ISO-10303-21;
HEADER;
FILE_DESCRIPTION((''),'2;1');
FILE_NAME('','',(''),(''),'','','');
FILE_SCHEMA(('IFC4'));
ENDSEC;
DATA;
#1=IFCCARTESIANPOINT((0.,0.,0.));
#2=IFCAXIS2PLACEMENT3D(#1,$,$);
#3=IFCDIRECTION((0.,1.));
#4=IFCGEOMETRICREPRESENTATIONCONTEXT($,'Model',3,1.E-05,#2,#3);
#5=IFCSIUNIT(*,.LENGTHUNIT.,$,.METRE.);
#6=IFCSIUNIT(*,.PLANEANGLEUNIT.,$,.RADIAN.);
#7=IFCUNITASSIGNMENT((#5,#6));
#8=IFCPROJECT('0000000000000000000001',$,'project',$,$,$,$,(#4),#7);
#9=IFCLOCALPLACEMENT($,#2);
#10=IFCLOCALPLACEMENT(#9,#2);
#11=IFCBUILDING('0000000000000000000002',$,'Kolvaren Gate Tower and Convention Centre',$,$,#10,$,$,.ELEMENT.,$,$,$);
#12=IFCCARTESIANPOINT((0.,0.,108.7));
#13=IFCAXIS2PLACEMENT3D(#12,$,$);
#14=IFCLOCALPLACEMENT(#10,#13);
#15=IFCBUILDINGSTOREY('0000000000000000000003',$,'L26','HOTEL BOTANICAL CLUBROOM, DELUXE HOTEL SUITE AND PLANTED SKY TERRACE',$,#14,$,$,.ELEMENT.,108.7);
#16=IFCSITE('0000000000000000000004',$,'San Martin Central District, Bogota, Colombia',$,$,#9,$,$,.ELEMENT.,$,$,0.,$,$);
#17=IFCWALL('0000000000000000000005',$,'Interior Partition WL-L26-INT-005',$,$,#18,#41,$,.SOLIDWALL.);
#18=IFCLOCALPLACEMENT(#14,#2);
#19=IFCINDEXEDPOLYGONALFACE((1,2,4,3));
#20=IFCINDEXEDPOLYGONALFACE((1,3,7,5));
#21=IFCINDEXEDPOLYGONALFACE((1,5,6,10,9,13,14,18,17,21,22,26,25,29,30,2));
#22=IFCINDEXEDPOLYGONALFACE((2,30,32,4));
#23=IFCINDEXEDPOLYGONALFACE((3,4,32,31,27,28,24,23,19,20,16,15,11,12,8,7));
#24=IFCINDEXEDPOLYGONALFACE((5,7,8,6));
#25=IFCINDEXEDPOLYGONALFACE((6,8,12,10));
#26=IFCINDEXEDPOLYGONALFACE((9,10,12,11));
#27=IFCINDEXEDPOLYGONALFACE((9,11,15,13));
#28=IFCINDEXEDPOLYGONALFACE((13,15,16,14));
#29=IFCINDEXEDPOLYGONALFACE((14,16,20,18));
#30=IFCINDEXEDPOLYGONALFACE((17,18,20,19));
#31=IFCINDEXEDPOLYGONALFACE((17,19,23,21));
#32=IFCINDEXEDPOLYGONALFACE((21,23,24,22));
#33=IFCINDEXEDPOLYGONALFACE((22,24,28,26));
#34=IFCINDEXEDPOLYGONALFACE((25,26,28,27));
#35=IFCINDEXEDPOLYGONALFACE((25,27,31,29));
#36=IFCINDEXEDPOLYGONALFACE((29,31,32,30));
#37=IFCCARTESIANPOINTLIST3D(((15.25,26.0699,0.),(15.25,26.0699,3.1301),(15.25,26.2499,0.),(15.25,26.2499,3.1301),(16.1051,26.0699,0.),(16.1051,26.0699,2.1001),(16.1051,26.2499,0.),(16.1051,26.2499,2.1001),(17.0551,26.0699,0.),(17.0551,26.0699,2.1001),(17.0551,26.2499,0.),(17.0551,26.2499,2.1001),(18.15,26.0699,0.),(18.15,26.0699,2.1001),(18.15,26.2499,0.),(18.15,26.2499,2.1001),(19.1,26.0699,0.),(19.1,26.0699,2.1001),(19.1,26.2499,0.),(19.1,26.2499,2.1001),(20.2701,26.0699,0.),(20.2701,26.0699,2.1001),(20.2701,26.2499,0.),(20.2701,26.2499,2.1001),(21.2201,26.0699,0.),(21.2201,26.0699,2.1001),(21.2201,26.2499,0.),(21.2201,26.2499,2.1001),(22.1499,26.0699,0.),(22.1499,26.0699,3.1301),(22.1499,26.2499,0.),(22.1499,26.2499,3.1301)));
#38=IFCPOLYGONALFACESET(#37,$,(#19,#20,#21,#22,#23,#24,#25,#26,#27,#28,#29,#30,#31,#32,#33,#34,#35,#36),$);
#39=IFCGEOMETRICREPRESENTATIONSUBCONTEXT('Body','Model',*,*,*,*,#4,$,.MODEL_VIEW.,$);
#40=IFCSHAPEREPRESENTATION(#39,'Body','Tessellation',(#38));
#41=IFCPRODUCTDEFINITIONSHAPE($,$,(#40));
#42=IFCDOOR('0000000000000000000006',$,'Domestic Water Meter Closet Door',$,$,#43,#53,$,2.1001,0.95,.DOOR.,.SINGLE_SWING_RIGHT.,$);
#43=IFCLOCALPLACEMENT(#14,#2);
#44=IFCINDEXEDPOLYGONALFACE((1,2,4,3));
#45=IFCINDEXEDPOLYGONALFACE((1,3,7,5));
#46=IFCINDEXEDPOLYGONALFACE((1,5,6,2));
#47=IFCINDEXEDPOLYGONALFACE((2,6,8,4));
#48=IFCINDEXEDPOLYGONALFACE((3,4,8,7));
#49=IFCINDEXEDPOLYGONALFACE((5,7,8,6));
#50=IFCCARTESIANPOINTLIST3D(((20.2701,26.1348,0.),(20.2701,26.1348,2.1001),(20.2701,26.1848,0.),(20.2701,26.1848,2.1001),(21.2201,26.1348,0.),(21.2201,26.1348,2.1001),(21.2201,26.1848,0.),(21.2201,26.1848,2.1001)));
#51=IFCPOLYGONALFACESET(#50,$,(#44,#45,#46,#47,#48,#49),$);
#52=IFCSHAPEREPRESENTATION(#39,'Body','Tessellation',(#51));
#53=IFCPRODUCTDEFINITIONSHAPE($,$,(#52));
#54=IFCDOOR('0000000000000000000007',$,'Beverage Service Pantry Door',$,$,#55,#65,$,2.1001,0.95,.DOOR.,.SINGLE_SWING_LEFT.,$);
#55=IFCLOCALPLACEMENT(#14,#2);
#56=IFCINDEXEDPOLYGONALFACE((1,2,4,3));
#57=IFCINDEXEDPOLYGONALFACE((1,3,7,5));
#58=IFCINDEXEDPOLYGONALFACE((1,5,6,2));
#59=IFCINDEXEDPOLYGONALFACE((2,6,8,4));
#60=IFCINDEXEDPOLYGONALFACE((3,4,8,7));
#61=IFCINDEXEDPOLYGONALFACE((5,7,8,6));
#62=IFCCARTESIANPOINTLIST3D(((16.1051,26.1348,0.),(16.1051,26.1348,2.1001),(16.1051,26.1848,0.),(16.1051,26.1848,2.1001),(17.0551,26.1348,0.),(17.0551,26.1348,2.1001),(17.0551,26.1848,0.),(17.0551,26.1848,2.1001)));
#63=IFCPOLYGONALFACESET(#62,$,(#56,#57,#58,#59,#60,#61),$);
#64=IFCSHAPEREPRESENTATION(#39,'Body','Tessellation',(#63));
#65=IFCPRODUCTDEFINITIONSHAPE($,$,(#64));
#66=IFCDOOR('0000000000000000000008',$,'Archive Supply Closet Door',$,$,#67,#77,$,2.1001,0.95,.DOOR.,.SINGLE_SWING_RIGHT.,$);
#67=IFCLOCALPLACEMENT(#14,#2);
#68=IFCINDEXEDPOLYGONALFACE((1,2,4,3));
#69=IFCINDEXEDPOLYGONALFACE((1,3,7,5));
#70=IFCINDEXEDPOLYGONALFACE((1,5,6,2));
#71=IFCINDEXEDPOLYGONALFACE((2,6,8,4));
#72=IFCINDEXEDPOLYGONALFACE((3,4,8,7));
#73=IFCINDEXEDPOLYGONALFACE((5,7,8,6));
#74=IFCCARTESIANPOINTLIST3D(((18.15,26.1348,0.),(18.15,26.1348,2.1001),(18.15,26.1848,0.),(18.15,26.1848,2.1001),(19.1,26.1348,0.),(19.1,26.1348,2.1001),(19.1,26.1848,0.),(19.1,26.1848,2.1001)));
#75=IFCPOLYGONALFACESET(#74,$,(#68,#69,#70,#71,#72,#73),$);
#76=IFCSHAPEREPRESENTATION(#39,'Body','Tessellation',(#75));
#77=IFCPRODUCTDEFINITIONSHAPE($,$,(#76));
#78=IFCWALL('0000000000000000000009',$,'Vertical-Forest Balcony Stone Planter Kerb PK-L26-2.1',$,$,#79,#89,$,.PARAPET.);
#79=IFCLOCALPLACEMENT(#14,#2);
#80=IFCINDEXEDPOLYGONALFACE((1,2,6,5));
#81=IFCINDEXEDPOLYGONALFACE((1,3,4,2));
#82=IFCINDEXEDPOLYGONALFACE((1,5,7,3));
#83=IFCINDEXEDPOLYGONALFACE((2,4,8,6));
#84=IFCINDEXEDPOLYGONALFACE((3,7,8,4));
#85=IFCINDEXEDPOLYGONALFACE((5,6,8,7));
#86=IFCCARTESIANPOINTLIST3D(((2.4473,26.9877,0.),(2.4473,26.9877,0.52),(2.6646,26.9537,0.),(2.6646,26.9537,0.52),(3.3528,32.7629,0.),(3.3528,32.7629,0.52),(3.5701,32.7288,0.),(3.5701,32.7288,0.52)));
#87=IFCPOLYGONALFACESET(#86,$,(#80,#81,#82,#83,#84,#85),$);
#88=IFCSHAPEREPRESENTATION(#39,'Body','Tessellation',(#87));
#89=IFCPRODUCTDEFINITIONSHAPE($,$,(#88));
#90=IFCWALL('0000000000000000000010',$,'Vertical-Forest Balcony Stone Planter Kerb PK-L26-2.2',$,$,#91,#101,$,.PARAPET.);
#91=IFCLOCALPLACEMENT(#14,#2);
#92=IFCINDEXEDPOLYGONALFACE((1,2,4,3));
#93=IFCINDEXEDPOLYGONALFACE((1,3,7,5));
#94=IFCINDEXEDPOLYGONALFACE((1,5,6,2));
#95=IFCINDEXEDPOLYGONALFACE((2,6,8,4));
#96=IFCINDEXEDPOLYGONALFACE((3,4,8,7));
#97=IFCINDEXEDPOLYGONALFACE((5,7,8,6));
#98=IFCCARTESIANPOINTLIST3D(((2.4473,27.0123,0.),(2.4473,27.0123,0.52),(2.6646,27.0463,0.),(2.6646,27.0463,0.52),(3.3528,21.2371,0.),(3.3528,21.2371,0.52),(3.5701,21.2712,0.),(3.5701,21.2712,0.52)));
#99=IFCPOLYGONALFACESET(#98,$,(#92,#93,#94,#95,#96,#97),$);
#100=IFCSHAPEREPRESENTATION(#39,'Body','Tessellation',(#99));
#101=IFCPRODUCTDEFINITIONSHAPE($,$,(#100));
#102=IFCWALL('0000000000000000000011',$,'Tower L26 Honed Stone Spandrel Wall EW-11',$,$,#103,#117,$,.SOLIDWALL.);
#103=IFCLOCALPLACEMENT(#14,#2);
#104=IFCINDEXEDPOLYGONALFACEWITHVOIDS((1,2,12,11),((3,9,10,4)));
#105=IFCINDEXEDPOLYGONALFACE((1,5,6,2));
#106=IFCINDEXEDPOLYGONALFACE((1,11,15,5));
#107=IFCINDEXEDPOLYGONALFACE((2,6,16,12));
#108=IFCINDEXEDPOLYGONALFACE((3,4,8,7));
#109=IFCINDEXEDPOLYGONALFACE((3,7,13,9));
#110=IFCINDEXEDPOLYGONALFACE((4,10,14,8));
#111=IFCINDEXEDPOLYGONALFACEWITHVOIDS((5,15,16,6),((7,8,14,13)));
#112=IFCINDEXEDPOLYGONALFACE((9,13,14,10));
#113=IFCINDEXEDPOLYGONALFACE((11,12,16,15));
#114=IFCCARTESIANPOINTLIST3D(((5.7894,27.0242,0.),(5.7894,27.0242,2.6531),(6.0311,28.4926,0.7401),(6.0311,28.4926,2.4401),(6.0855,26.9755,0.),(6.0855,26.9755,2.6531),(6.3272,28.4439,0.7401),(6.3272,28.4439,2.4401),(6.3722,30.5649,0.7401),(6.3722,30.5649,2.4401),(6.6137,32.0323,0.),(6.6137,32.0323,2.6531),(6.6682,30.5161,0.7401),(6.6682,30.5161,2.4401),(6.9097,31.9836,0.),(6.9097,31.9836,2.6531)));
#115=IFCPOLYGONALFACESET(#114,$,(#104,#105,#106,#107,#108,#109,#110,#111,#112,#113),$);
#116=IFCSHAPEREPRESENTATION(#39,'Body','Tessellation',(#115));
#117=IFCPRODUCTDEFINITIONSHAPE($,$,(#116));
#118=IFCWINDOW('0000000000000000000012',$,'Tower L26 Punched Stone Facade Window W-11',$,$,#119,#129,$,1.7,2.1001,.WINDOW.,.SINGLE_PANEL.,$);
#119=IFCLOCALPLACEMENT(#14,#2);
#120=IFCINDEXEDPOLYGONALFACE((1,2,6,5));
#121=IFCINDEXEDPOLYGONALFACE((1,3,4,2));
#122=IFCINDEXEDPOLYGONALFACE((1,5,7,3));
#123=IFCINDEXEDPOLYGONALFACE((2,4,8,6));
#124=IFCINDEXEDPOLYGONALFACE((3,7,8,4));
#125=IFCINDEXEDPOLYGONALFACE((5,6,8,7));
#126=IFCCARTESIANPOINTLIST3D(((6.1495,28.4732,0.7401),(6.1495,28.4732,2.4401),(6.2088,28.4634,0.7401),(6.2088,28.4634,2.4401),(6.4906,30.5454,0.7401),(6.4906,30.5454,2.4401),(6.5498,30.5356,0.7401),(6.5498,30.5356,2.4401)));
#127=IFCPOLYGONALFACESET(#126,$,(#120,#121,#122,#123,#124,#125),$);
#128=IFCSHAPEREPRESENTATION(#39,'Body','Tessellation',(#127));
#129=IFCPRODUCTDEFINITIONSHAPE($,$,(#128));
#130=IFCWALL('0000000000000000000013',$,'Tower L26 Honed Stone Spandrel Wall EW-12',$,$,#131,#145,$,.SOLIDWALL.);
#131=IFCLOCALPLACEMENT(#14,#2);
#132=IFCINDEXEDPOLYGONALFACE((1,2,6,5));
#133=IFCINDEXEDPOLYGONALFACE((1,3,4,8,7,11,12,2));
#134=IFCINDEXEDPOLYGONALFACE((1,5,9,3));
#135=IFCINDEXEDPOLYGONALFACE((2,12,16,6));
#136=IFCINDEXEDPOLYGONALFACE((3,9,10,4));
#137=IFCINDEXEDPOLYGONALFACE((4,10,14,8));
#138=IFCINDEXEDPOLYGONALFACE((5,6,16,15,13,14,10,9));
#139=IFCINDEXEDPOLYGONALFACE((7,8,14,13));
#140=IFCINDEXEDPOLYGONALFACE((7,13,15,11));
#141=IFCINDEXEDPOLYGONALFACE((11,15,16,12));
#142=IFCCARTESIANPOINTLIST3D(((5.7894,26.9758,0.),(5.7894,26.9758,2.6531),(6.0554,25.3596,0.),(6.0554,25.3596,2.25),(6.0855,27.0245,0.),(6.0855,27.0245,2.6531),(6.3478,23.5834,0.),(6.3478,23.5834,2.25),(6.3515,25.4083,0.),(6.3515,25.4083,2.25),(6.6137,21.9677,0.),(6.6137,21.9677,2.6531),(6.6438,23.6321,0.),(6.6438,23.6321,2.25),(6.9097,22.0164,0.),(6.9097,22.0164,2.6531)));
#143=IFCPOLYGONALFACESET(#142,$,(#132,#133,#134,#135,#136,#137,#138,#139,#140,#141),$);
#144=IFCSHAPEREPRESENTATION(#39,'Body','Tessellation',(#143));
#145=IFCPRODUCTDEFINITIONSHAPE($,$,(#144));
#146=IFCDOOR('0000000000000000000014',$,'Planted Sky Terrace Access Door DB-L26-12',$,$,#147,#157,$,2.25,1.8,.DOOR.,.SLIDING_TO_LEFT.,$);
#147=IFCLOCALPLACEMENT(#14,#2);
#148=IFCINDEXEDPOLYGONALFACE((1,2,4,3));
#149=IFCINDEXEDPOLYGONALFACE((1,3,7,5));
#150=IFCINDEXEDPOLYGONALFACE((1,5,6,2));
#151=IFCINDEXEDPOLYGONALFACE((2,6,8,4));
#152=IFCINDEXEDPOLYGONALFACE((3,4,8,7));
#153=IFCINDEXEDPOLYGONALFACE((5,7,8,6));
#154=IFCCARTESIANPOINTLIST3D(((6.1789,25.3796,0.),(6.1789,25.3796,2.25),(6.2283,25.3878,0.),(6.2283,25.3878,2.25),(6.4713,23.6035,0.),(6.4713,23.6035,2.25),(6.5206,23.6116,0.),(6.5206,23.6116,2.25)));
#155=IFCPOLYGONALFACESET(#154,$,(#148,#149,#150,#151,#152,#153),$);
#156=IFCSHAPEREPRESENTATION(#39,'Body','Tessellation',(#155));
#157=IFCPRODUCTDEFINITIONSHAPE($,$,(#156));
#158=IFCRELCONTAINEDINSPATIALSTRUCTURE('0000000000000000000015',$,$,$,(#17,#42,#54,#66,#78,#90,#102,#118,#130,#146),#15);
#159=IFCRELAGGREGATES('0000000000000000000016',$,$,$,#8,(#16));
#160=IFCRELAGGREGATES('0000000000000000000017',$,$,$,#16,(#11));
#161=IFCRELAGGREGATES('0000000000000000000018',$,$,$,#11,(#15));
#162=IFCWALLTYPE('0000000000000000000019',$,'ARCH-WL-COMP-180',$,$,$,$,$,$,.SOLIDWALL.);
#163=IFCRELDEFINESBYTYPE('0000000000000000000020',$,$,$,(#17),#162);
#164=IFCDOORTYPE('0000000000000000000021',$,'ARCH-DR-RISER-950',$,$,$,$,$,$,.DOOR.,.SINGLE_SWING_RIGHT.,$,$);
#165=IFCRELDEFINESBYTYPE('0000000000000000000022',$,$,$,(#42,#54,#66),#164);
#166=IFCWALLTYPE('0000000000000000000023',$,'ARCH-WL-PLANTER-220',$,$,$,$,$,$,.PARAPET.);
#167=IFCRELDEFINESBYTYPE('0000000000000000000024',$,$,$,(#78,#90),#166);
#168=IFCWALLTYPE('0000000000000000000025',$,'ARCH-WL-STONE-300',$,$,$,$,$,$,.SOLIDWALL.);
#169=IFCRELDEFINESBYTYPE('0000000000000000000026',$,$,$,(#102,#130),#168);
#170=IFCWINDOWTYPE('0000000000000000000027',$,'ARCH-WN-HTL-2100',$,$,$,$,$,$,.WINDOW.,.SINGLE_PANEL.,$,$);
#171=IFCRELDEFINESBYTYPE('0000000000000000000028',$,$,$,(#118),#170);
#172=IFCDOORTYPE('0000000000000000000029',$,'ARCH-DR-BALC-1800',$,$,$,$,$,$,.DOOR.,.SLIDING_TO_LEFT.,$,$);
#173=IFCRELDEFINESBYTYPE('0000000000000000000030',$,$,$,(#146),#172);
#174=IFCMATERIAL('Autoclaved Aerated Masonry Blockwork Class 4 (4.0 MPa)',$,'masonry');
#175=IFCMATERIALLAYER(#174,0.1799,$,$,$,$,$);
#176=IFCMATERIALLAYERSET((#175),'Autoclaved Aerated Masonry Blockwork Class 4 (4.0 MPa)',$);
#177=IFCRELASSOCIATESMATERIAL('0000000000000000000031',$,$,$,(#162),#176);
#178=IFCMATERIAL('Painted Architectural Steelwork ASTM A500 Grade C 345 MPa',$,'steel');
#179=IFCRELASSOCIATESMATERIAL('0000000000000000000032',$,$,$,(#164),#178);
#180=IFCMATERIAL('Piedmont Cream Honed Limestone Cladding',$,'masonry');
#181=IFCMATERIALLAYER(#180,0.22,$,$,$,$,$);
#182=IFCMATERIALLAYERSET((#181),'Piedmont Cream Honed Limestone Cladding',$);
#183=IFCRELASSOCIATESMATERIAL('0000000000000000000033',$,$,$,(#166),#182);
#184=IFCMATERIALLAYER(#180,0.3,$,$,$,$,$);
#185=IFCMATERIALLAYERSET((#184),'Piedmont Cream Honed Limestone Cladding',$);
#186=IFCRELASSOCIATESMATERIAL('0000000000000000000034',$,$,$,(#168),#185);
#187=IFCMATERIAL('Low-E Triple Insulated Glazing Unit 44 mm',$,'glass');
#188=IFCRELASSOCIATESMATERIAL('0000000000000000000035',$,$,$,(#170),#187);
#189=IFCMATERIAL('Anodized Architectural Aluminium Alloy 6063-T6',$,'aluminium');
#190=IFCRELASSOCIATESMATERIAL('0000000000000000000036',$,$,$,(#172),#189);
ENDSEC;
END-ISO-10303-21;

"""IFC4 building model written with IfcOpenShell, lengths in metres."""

from ifc_helpers import new_model, si_unit, direction, frame, frame_2d, origin, place, context, subcontext, project, spatial, rectangle, extrude, material, layer, layer_set, type_object, element, fill, save


model = new_model("IFC4")

# Units and contexts
model_context = context("Model", 3, precision=1e-05, world=origin(), true_north=direction((0.0, 1.0)))
body_context = subcontext(model_context, "Body", "Model", "MODEL_VIEW")
ifc_project = project(units=[si_unit("LENGTHUNIT", "METRE"), si_unit("PLANEANGLEUNIT", "RADIAN")], contexts=[model_context])

# Site, building, storey
site_placement = place(None, origin())
site = spatial("IfcSite", under=ifc_project, at=site_placement, Name="San Martin Central District, Bogota, Colombia", CompositionType="ELEMENT", RefElevation=0.0)
building_placement = place(site_placement, origin())
building = spatial("IfcBuilding", under=site, at=building_placement, Name="Kolvaren Gate Tower and Convention Centre", CompositionType="ELEMENT")
storey_placement = place(building_placement, frame((0.0, 0.0, 108.7)))
storey = spatial("IfcBuildingStorey", under=building, at=storey_placement, Name="L26", Description="HOTEL BOTANICAL CLUBROOM, DELUXE HOTEL SUITE AND PLANTED SKY TERRACE", CompositionType="ELEMENT", Elevation=108.7)

# Wall, openings, doors
ifc_material_1 = material(Name="Autoclaved Aerated Masonry Blockwork Class 4 (4.0 MPa)", Category="masonry")
ifc_layer_1 = layer(ifc_material_1, 0.1799)
ifc_layer_set_1 = layer_set([ifc_layer_1], Name="Autoclaved Aerated Masonry Blockwork Class 4 (4.0 MPa)")
wall_type_1 = type_object("IfcWallType", Name="ARCH-WL-COMP-180", PredefinedType="SOLIDWALL", material=ifc_layer_set_1)
wall_1_placement = place(storey_placement, frame((15.25, 26.1599, 0.0), z_axis=(0.0, 0.0, 1.0), x_axis=(1.0, 0.0, 0.0)))
wall_1 = element("IfcWall", 1, at=wall_1_placement, inside=storey, type_object=wall_type_1, Name="Interior Partition WL-L26-INT-005", PredefinedType="SOLIDWALL", context=body_context, shape_type="SweptSolid", body=[
    extrude(rectangle(XDim=6.8999, YDim=0.1799, at=frame_2d((3.45, 0.0))), origin(), (0.0, 0.0, 1.0), 3.1301),
])
opening_1_placement = place(wall_1_placement, frame((5.02, 0.0, 0.0)))
opening_1 = element("IfcOpeningElement", 2, at=opening_1_placement, cuts=wall_1, PredefinedType="OPENING", context=body_context, shape_type="SweptSolid", body=[
    extrude(rectangle(XDim=0.95, YDim=2.1001, at=frame_2d((0.4751, 1.05))), frame((0.0, 0.0999, 0.0), z_axis=(0.0, -1.0, 0.0), x_axis=(1.0, 0.0, 0.0)), (0.0, 0.0, 1.0), 0.2),
])
opening_2_placement = place(wall_1_placement, frame((0.855, 0.0, 0.0)))
opening_2 = element("IfcOpeningElement", 3, at=opening_2_placement, cuts=wall_1, PredefinedType="OPENING", context=body_context, shape_type="SweptSolid", body=[
    extrude(rectangle(XDim=0.95, YDim=2.1001, at=frame_2d((0.4751, 1.05))), frame((0.0, 0.0999, 0.0), z_axis=(0.0, -1.0, 0.0), x_axis=(1.0, 0.0, 0.0)), (0.0, 0.0, 1.0), 0.2),
])
opening_3_placement = place(wall_1_placement, frame((2.8999, 0.0, 0.0)))
opening_3 = element("IfcOpeningElement", 4, at=opening_3_placement, cuts=wall_1, PredefinedType="OPENING", context=body_context, shape_type="SweptSolid", body=[
    extrude(rectangle(XDim=0.95, YDim=2.1001, at=frame_2d((0.4751, 1.05))), frame((0.0, 0.0999, 0.0), z_axis=(0.0, -1.0, 0.0), x_axis=(1.0, 0.0, 0.0)), (0.0, 0.0, 1.0), 0.2),
])
ifc_material_2 = material(Name="Painted Architectural Steelwork ASTM A500 Grade C 345 MPa", Category="steel")
door_type_1 = type_object("IfcDoorType", Name="ARCH-DR-RISER-950", OperationType="SINGLE_SWING_RIGHT", PredefinedType="DOOR", material=ifc_material_2)
door_1_placement = place(opening_1_placement, origin())
door_1 = element("IfcDoor", 5, at=door_1_placement, inside=storey, type_object=door_type_1, Name="Domestic Water Meter Closet Door", OperationType="SINGLE_SWING_RIGHT", OverallHeight=2.1001, OverallWidth=0.95, PredefinedType="DOOR", context=body_context, shape_type="SweptSolid", body=[
    extrude(rectangle(XDim=0.95, YDim=2.1001, at=frame_2d((0.4751, 1.05))), frame((0.0, 0.0249, 0.0), z_axis=(0.0, -1.0, 0.0), x_axis=(1.0, 0.0, 0.0)), (0.0, 0.0, 1.0), 0.05),
])
fill(opening_1, door_1)
door_2_placement = place(opening_2_placement, origin())
door_2 = element("IfcDoor", 6, at=door_2_placement, inside=storey, type_object=door_type_1, Name="Beverage Service Pantry Door", OperationType="SINGLE_SWING_LEFT", OverallHeight=2.1001, OverallWidth=0.95, PredefinedType="DOOR", context=body_context, shape_type="SweptSolid", body=[
    extrude(rectangle(XDim=0.95, YDim=2.1001, at=frame_2d((0.4751, 1.05))), frame((0.0, 0.0249, 0.0), z_axis=(0.0, -1.0, 0.0), x_axis=(1.0, 0.0, 0.0)), (0.0, 0.0, 1.0), 0.05),
])
fill(opening_2, door_2)
door_3_placement = place(opening_3_placement, origin())
door_3 = element("IfcDoor", 7, at=door_3_placement, inside=storey, type_object=door_type_1, Name="Archive Supply Closet Door", OperationType="SINGLE_SWING_RIGHT", OverallHeight=2.1001, OverallWidth=0.95, PredefinedType="DOOR", context=body_context, shape_type="SweptSolid", body=[
    extrude(rectangle(XDim=0.95, YDim=2.1001, at=frame_2d((0.4751, 1.05))), frame((0.0, 0.0249, 0.0), z_axis=(0.0, -1.0, 0.0), x_axis=(1.0, 0.0, 0.0)), (0.0, 0.0, 1.0), 0.05),
])
fill(opening_3, door_3)

# Walls
ifc_material_3 = material(Name="Piedmont Cream Honed Limestone Cladding", Category="masonry")
ifc_layer_2 = layer(ifc_material_3, 0.22)
ifc_layer_set_2 = layer_set([ifc_layer_2], Name="Piedmont Cream Honed Limestone Cladding")
wall_type_2 = type_object("IfcWallType", Name="ARCH-WL-PLANTER-220", PredefinedType="PARAPET", material=ifc_layer_set_2)
for number, where, z_axis, x_axis, name in (
    (8, (2.5559, 26.9707, 0.0), (0.0, 0.0, 1.0), (0.154903, 0.98793, 0.0), "Vertical-Forest Balcony Stone Planter Kerb PK-L26-2.1"),
    (9, (2.5559, 27.0293, 0.0), (0.0, 0.0, 1.0), (0.154903, -0.98793, 0.0), "Vertical-Forest Balcony Stone Planter Kerb PK-L26-2.2"),
):
    element("IfcWall", number, at=place(storey_placement, frame(where, z_axis=z_axis, x_axis=x_axis)), inside=storey, type_object=wall_type_2, Name=name, PredefinedType="PARAPET", context=body_context, shape_type="SweptSolid", body=[
        extrude(rectangle(XDim=5.8457, YDim=0.22, at=frame_2d((2.9229, 0.0))), origin(), (0.0, 0.0, 1.0), 0.52),
    ])

# Wall, opening, window
ifc_layer_3 = layer(ifc_material_3, 0.3)
ifc_layer_set_3 = layer_set([ifc_layer_3], Name="Piedmont Cream Honed Limestone Cladding")
wall_type_3 = type_object("IfcWallType", Name="ARCH-WL-STONE-300", PredefinedType="SOLIDWALL", material=ifc_layer_set_3)
wall_2_placement = place(storey_placement, frame((5.9375, 27.0, 0.0), z_axis=(0.0, 0.0, 1.0), x_axis=(0.162394, 0.986726, 0.0)))
wall_2 = element("IfcWall", 10, at=wall_2_placement, inside=storey, type_object=wall_type_3, Name="Tower L26 Honed Stone Spandrel Wall EW-11", PredefinedType="SOLIDWALL", context=body_context, shape_type="SweptSolid", body=[
    extrude(rectangle(XDim=5.0754, YDim=0.3, at=frame_2d((2.5376, 0.0))), origin(), (0.0, 0.0, 1.0), 2.6531),
])
opening_4_placement = place(wall_2_placement, frame((1.488, 0.0, 0.74)))
opening_4 = element("IfcOpeningElement", 11, at=opening_4_placement, cuts=wall_2, PredefinedType="OPENING", context=body_context, shape_type="SweptSolid", body=[
    extrude(rectangle(XDim=2.1001, YDim=1.7, at=frame_2d((1.05, 0.8501))), frame((0.0, 0.1599, 0.0), z_axis=(0.0, -1.0, 0.0), x_axis=(1.0, 0.0, 0.0)), (0.0, 0.0, 1.0), 0.3201),
])
ifc_material_4 = material(Name="Low-E Triple Insulated Glazing Unit 44 mm", Category="glass")
window_type = type_object("IfcWindowType", Name="ARCH-WN-HTL-2100", PartitioningType="SINGLE_PANEL", PredefinedType="WINDOW", material=ifc_material_4)
window_placement = place(opening_4_placement, origin())
window = element("IfcWindow", 12, at=window_placement, inside=storey, type_object=window_type, Name="Tower L26 Punched Stone Facade Window W-11", OverallHeight=1.7, OverallWidth=2.1001, PartitioningType="SINGLE_PANEL", PredefinedType="WINDOW", context=body_context, shape_type="SweptSolid", body=[
    extrude(rectangle(XDim=2.1001, YDim=1.7, at=frame_2d((1.05, 0.8501))), frame((0.0, 0.03, 0.0), z_axis=(0.0, -1.0, 0.0), x_axis=(1.0, 0.0, 0.0)), (0.0, 0.0, 1.0), 0.0601),
])
fill(opening_4, window)

# Wall, opening, door
wall_3_placement = place(storey_placement, frame((5.9375, 27.0, 0.0), z_axis=(0.0, 0.0, 1.0), x_axis=(0.162394, -0.986726, 0.0)))
wall_3 = element("IfcWall", 13, at=wall_3_placement, inside=storey, type_object=wall_type_3, Name="Tower L26 Honed Stone Spandrel Wall EW-12", PredefinedType="SOLIDWALL", context=body_context, shape_type="SweptSolid", body=[
    extrude(rectangle(XDim=5.0754, YDim=0.3, at=frame_2d((2.5376, 0.0))), origin(), (0.0, 0.0, 1.0), 2.6531),
])
opening_5_placement = place(wall_3_placement, frame((1.6379, 0.0, 0.0)))
opening_5 = element("IfcOpeningElement", 14, at=opening_5_placement, cuts=wall_3, PredefinedType="OPENING", context=body_context, shape_type="SweptSolid", body=[
    extrude(rectangle(XDim=1.8, YDim=2.25, at=frame_2d((0.8999, 1.125))), frame((0.0, 0.1599, 0.0), z_axis=(0.0, -1.0, 0.0), x_axis=(1.0, 0.0, 0.0)), (0.0, 0.0, 1.0), 0.3201),
])
ifc_material_5 = material(Name="Anodized Architectural Aluminium Alloy 6063-T6", Category="aluminium")
door_type_2 = type_object("IfcDoorType", Name="ARCH-DR-BALC-1800", OperationType="SLIDING_TO_LEFT", PredefinedType="DOOR", material=ifc_material_5)
door_4_placement = place(opening_5_placement, frame((1.8, 0.0, 0.0), z_axis=(0.0, 0.0, 1.0), x_axis=(-1.0, 0.0, 0.0)))
door_4 = element("IfcDoor", 15, at=door_4_placement, inside=storey, type_object=door_type_2, Name="Planted Sky Terrace Access Door DB-L26-12", OperationType="SLIDING_TO_LEFT", OverallHeight=2.25, OverallWidth=1.8, PredefinedType="DOOR", context=body_context, shape_type="SweptSolid", body=[
    extrude(rectangle(XDim=1.8, YDim=2.25, at=frame_2d((0.8999, 1.125))), frame((0.0, 0.0249, 0.0), z_axis=(0.0, -1.0, 0.0), x_axis=(1.0, 0.0, 0.0)), (0.0, 0.0, 1.0), 0.05),
])
fill(opening_5, door_4)

save(model, "model.ifc")
